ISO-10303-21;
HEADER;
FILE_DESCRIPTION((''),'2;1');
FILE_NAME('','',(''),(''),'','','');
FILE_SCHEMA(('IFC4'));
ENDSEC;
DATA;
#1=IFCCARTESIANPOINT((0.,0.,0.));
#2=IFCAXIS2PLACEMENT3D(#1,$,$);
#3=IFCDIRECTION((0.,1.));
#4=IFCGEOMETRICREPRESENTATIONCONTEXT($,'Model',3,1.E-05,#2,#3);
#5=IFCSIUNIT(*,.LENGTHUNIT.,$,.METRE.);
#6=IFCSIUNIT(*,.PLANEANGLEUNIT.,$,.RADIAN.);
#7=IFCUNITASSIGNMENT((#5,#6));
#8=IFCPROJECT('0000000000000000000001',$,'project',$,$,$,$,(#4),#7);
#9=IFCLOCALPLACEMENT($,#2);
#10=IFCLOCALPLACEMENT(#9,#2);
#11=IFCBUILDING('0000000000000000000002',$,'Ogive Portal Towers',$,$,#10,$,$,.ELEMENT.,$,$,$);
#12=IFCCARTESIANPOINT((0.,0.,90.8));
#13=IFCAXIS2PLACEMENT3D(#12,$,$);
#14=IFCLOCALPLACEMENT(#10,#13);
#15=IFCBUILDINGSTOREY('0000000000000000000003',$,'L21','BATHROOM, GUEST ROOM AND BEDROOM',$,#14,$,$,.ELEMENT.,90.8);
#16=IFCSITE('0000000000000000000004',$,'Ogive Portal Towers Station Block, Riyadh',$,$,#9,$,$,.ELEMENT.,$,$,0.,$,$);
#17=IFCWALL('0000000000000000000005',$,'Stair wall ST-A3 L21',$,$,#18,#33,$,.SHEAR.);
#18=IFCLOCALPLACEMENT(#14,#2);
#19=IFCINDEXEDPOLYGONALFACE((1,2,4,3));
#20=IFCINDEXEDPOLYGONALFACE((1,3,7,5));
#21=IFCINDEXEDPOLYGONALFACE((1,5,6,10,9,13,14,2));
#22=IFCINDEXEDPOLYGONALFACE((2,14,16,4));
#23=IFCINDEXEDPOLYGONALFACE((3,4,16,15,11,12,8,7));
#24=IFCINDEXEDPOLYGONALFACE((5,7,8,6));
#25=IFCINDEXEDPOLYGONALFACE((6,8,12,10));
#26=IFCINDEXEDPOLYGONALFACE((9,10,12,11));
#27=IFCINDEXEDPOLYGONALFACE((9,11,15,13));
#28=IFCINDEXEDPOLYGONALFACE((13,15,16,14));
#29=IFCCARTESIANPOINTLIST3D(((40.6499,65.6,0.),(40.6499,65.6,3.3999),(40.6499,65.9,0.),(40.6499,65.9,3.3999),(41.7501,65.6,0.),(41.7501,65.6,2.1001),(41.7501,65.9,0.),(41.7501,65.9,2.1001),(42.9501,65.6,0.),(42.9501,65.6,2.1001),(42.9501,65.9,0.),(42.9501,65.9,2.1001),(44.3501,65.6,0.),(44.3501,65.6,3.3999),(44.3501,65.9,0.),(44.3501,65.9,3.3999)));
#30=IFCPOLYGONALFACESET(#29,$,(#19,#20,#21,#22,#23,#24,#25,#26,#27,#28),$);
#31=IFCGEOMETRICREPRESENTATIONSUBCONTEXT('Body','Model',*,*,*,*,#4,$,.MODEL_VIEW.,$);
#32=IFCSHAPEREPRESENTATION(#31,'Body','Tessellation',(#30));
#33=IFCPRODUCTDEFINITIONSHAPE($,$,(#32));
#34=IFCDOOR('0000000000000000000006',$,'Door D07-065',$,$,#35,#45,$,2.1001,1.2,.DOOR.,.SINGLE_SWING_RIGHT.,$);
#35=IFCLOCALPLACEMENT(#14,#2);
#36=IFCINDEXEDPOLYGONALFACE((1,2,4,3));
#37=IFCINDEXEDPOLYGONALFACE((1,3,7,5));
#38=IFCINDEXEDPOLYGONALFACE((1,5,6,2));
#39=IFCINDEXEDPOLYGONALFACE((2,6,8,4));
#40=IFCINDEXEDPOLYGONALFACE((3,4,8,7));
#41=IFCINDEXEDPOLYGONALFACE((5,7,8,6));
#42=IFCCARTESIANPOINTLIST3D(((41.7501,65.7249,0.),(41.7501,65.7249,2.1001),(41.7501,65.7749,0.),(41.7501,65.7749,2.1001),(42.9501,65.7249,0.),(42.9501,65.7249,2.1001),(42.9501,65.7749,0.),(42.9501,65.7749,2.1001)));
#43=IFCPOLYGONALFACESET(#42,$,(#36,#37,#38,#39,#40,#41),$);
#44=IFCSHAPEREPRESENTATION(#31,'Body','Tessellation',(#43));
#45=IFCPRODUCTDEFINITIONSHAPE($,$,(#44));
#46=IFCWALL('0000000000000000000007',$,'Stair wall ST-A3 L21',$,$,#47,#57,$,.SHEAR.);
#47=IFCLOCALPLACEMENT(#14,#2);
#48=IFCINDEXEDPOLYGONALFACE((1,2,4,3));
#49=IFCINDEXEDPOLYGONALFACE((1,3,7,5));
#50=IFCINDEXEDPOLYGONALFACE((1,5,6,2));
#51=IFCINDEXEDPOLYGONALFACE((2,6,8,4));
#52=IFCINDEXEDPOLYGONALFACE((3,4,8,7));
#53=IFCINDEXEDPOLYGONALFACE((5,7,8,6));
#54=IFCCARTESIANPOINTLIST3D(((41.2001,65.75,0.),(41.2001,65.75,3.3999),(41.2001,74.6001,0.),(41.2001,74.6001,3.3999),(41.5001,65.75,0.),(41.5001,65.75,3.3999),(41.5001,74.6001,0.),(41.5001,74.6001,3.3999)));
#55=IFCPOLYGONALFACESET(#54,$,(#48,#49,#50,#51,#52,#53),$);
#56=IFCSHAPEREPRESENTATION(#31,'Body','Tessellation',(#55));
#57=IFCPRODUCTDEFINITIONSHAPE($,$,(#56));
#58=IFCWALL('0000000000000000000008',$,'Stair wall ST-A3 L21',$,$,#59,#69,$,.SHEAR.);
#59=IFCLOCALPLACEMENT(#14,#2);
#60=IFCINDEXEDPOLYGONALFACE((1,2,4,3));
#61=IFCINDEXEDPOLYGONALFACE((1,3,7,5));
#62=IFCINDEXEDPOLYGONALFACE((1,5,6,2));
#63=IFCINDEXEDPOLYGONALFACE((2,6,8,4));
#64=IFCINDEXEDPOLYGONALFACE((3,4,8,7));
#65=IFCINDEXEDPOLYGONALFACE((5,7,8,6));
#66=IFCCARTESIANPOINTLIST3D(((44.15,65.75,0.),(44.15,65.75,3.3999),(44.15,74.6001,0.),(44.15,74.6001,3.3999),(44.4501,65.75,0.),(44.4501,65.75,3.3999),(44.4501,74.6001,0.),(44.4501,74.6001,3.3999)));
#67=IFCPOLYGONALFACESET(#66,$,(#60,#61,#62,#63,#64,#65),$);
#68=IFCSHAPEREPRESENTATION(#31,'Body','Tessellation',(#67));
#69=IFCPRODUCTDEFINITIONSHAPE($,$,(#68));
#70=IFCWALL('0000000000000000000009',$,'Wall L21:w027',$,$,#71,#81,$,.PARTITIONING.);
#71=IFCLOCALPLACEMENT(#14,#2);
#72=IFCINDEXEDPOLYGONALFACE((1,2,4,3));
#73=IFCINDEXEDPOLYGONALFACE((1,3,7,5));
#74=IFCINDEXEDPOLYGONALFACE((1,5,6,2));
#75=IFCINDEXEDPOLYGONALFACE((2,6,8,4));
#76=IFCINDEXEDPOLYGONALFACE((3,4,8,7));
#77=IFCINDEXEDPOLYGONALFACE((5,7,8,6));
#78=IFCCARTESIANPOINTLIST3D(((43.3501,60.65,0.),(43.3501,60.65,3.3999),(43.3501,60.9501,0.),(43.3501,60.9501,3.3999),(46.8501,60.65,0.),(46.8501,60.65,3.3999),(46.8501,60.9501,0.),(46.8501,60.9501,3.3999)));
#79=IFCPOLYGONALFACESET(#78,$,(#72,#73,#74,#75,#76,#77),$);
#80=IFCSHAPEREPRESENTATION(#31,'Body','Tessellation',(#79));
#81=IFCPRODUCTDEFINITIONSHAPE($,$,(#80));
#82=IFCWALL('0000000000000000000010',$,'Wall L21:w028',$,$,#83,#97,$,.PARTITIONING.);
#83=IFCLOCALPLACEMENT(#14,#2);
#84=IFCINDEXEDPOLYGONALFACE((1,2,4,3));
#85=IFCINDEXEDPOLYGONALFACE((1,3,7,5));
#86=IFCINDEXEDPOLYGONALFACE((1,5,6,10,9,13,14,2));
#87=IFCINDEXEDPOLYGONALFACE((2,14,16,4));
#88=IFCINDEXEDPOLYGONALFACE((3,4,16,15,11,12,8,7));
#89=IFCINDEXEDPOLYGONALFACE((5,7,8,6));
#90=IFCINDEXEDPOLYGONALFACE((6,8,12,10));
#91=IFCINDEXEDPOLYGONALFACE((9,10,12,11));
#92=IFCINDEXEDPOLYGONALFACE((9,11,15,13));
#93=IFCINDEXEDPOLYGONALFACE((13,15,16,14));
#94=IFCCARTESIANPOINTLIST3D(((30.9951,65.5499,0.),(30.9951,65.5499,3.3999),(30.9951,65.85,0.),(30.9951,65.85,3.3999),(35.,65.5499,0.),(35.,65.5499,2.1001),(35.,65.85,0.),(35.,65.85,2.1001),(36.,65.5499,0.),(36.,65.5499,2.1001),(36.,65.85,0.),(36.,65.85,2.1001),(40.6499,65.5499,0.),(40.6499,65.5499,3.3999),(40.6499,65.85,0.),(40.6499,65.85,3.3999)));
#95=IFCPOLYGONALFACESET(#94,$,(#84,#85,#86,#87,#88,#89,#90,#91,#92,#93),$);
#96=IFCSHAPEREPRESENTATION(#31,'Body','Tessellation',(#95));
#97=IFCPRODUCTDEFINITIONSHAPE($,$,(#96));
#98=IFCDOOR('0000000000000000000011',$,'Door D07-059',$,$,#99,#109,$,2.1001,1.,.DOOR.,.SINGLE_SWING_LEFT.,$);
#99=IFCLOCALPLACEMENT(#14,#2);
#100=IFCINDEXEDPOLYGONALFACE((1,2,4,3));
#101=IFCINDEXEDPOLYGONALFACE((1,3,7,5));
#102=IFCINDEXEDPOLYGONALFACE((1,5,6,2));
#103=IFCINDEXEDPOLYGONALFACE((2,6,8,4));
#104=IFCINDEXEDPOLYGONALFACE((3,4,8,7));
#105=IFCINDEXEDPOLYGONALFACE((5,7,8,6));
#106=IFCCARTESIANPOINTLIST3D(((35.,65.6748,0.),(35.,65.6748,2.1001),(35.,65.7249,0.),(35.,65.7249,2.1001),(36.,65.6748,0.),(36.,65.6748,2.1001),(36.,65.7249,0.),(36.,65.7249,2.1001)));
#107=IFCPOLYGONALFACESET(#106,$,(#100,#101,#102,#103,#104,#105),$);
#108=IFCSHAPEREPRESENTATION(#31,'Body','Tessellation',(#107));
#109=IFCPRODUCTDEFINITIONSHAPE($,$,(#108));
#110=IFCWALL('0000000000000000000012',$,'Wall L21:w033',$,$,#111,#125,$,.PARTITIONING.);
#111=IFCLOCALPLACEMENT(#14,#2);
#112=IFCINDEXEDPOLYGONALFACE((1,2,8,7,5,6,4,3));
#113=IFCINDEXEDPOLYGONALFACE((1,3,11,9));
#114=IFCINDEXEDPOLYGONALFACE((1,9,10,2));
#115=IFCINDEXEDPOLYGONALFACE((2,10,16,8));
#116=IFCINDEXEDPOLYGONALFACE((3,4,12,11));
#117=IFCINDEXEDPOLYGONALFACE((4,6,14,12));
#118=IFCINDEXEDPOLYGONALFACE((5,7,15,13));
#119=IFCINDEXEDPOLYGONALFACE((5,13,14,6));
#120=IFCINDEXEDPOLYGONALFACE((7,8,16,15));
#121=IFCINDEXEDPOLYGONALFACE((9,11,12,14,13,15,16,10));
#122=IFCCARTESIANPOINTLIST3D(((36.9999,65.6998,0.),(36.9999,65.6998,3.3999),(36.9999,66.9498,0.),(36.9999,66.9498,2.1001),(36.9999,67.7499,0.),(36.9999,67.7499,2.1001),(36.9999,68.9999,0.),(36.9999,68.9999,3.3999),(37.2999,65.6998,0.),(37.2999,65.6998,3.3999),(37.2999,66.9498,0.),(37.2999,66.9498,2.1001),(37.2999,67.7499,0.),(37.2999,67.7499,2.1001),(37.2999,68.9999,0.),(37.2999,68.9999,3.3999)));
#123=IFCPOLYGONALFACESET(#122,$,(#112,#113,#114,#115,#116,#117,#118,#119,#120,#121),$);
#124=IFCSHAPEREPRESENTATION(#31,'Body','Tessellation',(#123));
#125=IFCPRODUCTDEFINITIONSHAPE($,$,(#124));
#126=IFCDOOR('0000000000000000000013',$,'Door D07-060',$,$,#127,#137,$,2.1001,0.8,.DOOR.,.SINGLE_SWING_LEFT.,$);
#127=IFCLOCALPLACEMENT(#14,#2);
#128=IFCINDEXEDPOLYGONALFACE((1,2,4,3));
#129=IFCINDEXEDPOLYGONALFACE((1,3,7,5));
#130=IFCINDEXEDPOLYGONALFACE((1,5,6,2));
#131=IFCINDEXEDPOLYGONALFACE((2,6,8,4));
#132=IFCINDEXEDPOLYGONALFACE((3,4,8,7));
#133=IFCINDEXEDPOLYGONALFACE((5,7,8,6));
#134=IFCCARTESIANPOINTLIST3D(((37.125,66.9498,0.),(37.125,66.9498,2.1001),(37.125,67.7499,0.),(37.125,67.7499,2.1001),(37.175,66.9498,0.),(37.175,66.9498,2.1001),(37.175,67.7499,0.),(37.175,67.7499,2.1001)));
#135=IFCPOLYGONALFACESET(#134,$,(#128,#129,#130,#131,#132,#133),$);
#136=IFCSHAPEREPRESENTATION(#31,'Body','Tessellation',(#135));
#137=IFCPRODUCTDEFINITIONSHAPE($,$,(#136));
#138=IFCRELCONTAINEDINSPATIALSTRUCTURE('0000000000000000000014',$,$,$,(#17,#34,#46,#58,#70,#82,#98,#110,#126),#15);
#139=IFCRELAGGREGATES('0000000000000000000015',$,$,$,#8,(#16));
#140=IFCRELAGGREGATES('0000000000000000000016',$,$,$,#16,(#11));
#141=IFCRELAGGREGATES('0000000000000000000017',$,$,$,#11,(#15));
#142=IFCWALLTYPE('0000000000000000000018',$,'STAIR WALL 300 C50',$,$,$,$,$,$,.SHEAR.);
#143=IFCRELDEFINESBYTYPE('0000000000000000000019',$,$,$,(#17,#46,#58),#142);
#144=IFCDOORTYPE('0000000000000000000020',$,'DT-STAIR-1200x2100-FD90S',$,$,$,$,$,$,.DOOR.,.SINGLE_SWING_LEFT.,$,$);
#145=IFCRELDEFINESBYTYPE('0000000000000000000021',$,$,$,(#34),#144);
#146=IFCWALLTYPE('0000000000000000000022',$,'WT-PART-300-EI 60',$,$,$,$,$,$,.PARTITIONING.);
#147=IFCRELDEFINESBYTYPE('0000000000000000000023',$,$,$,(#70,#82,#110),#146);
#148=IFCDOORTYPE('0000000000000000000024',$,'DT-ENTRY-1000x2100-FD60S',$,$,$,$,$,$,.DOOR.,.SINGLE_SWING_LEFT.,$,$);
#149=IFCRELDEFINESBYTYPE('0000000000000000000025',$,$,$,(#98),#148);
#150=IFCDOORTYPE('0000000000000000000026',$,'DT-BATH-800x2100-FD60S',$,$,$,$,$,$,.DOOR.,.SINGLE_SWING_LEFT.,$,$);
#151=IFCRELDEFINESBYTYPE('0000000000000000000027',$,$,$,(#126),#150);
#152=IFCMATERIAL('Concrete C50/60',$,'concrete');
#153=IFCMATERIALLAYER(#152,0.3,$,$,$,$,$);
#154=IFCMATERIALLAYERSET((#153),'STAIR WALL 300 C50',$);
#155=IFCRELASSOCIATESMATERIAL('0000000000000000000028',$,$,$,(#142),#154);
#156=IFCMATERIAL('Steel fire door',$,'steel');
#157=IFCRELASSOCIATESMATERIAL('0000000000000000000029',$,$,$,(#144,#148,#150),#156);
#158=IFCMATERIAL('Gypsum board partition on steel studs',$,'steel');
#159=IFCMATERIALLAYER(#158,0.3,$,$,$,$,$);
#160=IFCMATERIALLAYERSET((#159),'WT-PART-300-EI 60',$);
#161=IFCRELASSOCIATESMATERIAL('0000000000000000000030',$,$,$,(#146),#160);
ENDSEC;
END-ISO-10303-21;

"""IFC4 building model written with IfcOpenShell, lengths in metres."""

from ifc_helpers import new_model, si_unit, direction, frame, frame_2d, origin, place, context, subcontext, project, spatial, rectangle, extrude, material, layer, layer_set, type_object, element, fill, save


model = new_model("IFC4")

# Units and contexts
model_context = context("Model", 3, precision=1e-05, world=origin(), true_north=direction((0.0, 1.0)))
body_context = subcontext(model_context, "Body", "Model", "MODEL_VIEW")
ifc_project = project(units=[si_unit("LENGTHUNIT", "METRE"), si_unit("PLANEANGLEUNIT", "RADIAN")], contexts=[model_context])

# Site, building, storey
site_placement = place(None, origin())
site = spatial("IfcSite", under=ifc_project, at=site_placement, Name="Ogive Portal Towers Station Block, Riyadh", CompositionType="ELEMENT", RefElevation=0.0)
building_placement = place(site_placement, origin())
building = spatial("IfcBuilding", under=site, at=building_placement, Name="Ogive Portal Towers", CompositionType="ELEMENT")
storey_placement = place(building_placement, frame((0.0, 0.0, 90.8)))
storey = spatial("IfcBuildingStorey", under=building, at=storey_placement, Name="L21", Description="BATHROOM, GUEST ROOM AND BEDROOM", CompositionType="ELEMENT", Elevation=90.8)

# Wall, opening, door
ifc_material_1 = material(Name="Concrete C50/60", Category="concrete")
ifc_layer_1 = layer(ifc_material_1, 0.3)
ifc_layer_set_1 = layer_set([ifc_layer_1], Name="STAIR WALL 300 C50")
wall_type_1 = type_object("IfcWallType", Name="STAIR WALL 300 C50", PredefinedType="SHEAR", material=ifc_layer_set_1)
wall_1_placement = place(storey_placement, frame((40.6499, 65.75, 0.0), z_axis=(0.0, 0.0, 1.0), x_axis=(1.0, 0.0, 0.0)))
wall_1 = element("IfcWall", 1, at=wall_1_placement, inside=storey, type_object=wall_type_1, Name="Stair wall ST-A3 L21", PredefinedType="SHEAR", context=body_context, shape_type="SweptSolid", body=[
    extrude(rectangle(XDim=3.7002, YDim=0.3, at=frame_2d((1.8501, 0.0))), origin(), (0.0, 0.0, 1.0), 3.3999),
])
opening_1_placement = place(wall_1_placement, frame((1.1001, 0.0, 0.0)))
opening_1 = element("IfcOpeningElement", 2, at=opening_1_placement, cuts=wall_1, PredefinedType="OPENING", context=body_context, shape_type="SweptSolid", body=[
    extrude(rectangle(XDim=1.2, YDim=2.1001, at=frame_2d((0.6001, 1.05))), frame((0.0, 0.1602, 0.0), z_axis=(0.0, -1.0, 0.0), x_axis=(1.0, 0.0, 0.0)), (0.0, 0.0, 1.0), 0.3201),
])
ifc_material_2 = material(Name="Steel fire door", Category="steel")
door_type_1 = type_object("IfcDoorType", Name="DT-STAIR-1200x2100-FD90S", OperationType="SINGLE_SWING_LEFT", PredefinedType="DOOR", material=ifc_material_2)
door_1_placement = place(opening_1_placement, origin())
door_1 = element("IfcDoor", 3, at=door_1_placement, inside=storey, type_object=door_type_1, Name="Door D07-065", OperationType="SINGLE_SWING_RIGHT", OverallHeight=2.1001, OverallWidth=1.2, PredefinedType="DOOR", context=body_context, shape_type="SweptSolid", body=[
    extrude(rectangle(XDim=1.2, YDim=2.1001, at=frame_2d((0.6001, 1.05))), frame((0.0, 0.0249, 0.0), z_axis=(0.0, -1.0, 0.0), x_axis=(1.0, 0.0, 0.0)), (0.0, 0.0, 1.0), 0.05),
])
fill(opening_1, door_1)

# Walls
for number, where, z_axis, x_axis, name in (
    (4, (41.3501, 65.75, 0.0), (0.0, 0.0, 1.0), (0.0, 1.0, 0.0), "Stair wall ST-A3 L21"),
    (5, (44.3, 65.75, 0.0), (0.0, 0.0, 1.0), (0.0, 1.0, 0.0), "Stair wall ST-A3 L21"),
):
    element("IfcWall", number, at=place(storey_placement, frame(where, z_axis=z_axis, x_axis=x_axis)), inside=storey, type_object=wall_type_1, Name=name, PredefinedType="SHEAR", context=body_context, shape_type="SweptSolid", body=[
        extrude(rectangle(XDim=8.8501, YDim=0.3, at=frame_2d((4.425, 0.0))), origin(), (0.0, 0.0, 1.0), 3.3999),
    ])
ifc_material_3 = material(Name="Gypsum board partition on steel studs", Category="steel")
ifc_layer_2 = layer(ifc_material_3, 0.3)
ifc_layer_set_2 = layer_set([ifc_layer_2], Name="WT-PART-300-EI 60")
wall_type_2 = type_object("IfcWallType", Name="WT-PART-300-EI 60", PredefinedType="PARTITIONING", material=ifc_layer_set_2)
wall_2_placement = place(storey_placement, frame((43.3501, 60.8, 0.0), z_axis=(0.0, 0.0, 1.0), x_axis=(1.0, 0.0, 0.0)))
element("IfcWall", 6, at=wall_2_placement, inside=storey, type_object=wall_type_2, Name="Wall L21:w027", PredefinedType="PARTITIONING", context=body_context, shape_type="SweptSolid", body=[
    extrude(rectangle(XDim=3.5, YDim=0.3, at=frame_2d((1.75, 0.0))), origin(), (0.0, 0.0, 1.0), 3.3999),
])

# Walls, openings, doors
wall_3_placement = place(storey_placement, frame((30.9951, 65.7, 0.0), z_axis=(0.0, 0.0, 1.0), x_axis=(1.0, 0.0, 0.0)))
wall_3 = element("IfcWall", 7, at=wall_3_placement, inside=storey, type_object=wall_type_2, Name="Wall L21:w028", PredefinedType="PARTITIONING", context=body_context, shape_type="SweptSolid", body=[
    extrude(rectangle(XDim=9.6548, YDim=0.3, at=frame_2d((4.8274, 0.0))), origin(), (0.0, 0.0, 1.0), 3.3999),
])
opening_2_placement = place(wall_3_placement, frame((4.0049, 0.0, 0.0)))
opening_2 = element("IfcOpeningElement", 8, at=opening_2_placement, cuts=wall_3, PredefinedType="OPENING", context=body_context, shape_type="SweptSolid", body=[
    extrude(rectangle(XDim=1.0, YDim=2.1001, at=frame_2d((0.5, 1.05))), frame((0.0, 0.1602, 0.0), z_axis=(0.0, -1.0, 0.0), x_axis=(1.0, 0.0, 0.0)), (0.0, 0.0, 1.0), 0.3201),
])
door_type_2 = type_object("IfcDoorType", Name="DT-ENTRY-1000x2100-FD60S", OperationType="SINGLE_SWING_LEFT", PredefinedType="DOOR", material=ifc_material_2)
door_2_placement = place(opening_2_placement, origin())
door_2 = element("IfcDoor", 9, at=door_2_placement, inside=storey, type_object=door_type_2, Name="Door D07-059", OperationType="SINGLE_SWING_LEFT", OverallHeight=2.1001, OverallWidth=1.0, PredefinedType="DOOR", context=body_context, shape_type="SweptSolid", body=[
    extrude(rectangle(XDim=1.0, YDim=2.1001, at=frame_2d((0.5, 1.05))), frame((0.0, 0.0249, 0.0), z_axis=(0.0, -1.0, 0.0), x_axis=(1.0, 0.0, 0.0)), (0.0, 0.0, 1.0), 0.05),
])
fill(opening_2, door_2)
wall_4_placement = place(storey_placement, frame((37.1499, 65.7, 0.0), z_axis=(0.0, 0.0, 1.0), x_axis=(0.0, 1.0, 0.0)))
wall_4 = element("IfcWall", 10, at=wall_4_placement, inside=storey, type_object=wall_type_2, Name="Wall L21:w033", PredefinedType="PARTITIONING", context=body_context, shape_type="SweptSolid", body=[
    extrude(rectangle(XDim=3.3, YDim=0.3, at=frame_2d((1.6499, 0.0))), origin(), (0.0, 0.0, 1.0), 3.3999),
])
opening_3_placement = place(wall_4_placement, frame((1.25, 0.0, 0.0)))
opening_3 = element("IfcOpeningElement", 11, at=opening_3_placement, cuts=wall_4, PredefinedType="OPENING", context=body_context, shape_type="SweptSolid", body=[
    extrude(rectangle(XDim=0.8, YDim=2.1001, at=frame_2d((0.3999, 1.05))), frame((0.0, 0.1602, 0.0), z_axis=(0.0, -1.0, 0.0), x_axis=(1.0, 0.0, 0.0)), (0.0, 0.0, 1.0), 0.3201),
])
door_type_3 = type_object("IfcDoorType", Name="DT-BATH-800x2100-FD60S", OperationType="SINGLE_SWING_LEFT", PredefinedType="DOOR", material=ifc_material_2)
door_3_placement = place(opening_3_placement, origin())
door_3 = element("IfcDoor", 12, at=door_3_placement, inside=storey, type_object=door_type_3, Name="Door D07-060", OperationType="SINGLE_SWING_LEFT", OverallHeight=2.1001, OverallWidth=0.8, PredefinedType="DOOR", context=body_context, shape_type="SweptSolid", body=[
    extrude(rectangle(XDim=0.8, YDim=2.1001, at=frame_2d((0.3999, 1.05))), frame((0.0, 0.0249, 0.0), z_axis=(0.0, -1.0, 0.0), x_axis=(1.0, 0.0, 0.0)), (0.0, 0.0, 1.0), 0.05),
])
fill(opening_3, door_3)

save(model, "model.ifc")
